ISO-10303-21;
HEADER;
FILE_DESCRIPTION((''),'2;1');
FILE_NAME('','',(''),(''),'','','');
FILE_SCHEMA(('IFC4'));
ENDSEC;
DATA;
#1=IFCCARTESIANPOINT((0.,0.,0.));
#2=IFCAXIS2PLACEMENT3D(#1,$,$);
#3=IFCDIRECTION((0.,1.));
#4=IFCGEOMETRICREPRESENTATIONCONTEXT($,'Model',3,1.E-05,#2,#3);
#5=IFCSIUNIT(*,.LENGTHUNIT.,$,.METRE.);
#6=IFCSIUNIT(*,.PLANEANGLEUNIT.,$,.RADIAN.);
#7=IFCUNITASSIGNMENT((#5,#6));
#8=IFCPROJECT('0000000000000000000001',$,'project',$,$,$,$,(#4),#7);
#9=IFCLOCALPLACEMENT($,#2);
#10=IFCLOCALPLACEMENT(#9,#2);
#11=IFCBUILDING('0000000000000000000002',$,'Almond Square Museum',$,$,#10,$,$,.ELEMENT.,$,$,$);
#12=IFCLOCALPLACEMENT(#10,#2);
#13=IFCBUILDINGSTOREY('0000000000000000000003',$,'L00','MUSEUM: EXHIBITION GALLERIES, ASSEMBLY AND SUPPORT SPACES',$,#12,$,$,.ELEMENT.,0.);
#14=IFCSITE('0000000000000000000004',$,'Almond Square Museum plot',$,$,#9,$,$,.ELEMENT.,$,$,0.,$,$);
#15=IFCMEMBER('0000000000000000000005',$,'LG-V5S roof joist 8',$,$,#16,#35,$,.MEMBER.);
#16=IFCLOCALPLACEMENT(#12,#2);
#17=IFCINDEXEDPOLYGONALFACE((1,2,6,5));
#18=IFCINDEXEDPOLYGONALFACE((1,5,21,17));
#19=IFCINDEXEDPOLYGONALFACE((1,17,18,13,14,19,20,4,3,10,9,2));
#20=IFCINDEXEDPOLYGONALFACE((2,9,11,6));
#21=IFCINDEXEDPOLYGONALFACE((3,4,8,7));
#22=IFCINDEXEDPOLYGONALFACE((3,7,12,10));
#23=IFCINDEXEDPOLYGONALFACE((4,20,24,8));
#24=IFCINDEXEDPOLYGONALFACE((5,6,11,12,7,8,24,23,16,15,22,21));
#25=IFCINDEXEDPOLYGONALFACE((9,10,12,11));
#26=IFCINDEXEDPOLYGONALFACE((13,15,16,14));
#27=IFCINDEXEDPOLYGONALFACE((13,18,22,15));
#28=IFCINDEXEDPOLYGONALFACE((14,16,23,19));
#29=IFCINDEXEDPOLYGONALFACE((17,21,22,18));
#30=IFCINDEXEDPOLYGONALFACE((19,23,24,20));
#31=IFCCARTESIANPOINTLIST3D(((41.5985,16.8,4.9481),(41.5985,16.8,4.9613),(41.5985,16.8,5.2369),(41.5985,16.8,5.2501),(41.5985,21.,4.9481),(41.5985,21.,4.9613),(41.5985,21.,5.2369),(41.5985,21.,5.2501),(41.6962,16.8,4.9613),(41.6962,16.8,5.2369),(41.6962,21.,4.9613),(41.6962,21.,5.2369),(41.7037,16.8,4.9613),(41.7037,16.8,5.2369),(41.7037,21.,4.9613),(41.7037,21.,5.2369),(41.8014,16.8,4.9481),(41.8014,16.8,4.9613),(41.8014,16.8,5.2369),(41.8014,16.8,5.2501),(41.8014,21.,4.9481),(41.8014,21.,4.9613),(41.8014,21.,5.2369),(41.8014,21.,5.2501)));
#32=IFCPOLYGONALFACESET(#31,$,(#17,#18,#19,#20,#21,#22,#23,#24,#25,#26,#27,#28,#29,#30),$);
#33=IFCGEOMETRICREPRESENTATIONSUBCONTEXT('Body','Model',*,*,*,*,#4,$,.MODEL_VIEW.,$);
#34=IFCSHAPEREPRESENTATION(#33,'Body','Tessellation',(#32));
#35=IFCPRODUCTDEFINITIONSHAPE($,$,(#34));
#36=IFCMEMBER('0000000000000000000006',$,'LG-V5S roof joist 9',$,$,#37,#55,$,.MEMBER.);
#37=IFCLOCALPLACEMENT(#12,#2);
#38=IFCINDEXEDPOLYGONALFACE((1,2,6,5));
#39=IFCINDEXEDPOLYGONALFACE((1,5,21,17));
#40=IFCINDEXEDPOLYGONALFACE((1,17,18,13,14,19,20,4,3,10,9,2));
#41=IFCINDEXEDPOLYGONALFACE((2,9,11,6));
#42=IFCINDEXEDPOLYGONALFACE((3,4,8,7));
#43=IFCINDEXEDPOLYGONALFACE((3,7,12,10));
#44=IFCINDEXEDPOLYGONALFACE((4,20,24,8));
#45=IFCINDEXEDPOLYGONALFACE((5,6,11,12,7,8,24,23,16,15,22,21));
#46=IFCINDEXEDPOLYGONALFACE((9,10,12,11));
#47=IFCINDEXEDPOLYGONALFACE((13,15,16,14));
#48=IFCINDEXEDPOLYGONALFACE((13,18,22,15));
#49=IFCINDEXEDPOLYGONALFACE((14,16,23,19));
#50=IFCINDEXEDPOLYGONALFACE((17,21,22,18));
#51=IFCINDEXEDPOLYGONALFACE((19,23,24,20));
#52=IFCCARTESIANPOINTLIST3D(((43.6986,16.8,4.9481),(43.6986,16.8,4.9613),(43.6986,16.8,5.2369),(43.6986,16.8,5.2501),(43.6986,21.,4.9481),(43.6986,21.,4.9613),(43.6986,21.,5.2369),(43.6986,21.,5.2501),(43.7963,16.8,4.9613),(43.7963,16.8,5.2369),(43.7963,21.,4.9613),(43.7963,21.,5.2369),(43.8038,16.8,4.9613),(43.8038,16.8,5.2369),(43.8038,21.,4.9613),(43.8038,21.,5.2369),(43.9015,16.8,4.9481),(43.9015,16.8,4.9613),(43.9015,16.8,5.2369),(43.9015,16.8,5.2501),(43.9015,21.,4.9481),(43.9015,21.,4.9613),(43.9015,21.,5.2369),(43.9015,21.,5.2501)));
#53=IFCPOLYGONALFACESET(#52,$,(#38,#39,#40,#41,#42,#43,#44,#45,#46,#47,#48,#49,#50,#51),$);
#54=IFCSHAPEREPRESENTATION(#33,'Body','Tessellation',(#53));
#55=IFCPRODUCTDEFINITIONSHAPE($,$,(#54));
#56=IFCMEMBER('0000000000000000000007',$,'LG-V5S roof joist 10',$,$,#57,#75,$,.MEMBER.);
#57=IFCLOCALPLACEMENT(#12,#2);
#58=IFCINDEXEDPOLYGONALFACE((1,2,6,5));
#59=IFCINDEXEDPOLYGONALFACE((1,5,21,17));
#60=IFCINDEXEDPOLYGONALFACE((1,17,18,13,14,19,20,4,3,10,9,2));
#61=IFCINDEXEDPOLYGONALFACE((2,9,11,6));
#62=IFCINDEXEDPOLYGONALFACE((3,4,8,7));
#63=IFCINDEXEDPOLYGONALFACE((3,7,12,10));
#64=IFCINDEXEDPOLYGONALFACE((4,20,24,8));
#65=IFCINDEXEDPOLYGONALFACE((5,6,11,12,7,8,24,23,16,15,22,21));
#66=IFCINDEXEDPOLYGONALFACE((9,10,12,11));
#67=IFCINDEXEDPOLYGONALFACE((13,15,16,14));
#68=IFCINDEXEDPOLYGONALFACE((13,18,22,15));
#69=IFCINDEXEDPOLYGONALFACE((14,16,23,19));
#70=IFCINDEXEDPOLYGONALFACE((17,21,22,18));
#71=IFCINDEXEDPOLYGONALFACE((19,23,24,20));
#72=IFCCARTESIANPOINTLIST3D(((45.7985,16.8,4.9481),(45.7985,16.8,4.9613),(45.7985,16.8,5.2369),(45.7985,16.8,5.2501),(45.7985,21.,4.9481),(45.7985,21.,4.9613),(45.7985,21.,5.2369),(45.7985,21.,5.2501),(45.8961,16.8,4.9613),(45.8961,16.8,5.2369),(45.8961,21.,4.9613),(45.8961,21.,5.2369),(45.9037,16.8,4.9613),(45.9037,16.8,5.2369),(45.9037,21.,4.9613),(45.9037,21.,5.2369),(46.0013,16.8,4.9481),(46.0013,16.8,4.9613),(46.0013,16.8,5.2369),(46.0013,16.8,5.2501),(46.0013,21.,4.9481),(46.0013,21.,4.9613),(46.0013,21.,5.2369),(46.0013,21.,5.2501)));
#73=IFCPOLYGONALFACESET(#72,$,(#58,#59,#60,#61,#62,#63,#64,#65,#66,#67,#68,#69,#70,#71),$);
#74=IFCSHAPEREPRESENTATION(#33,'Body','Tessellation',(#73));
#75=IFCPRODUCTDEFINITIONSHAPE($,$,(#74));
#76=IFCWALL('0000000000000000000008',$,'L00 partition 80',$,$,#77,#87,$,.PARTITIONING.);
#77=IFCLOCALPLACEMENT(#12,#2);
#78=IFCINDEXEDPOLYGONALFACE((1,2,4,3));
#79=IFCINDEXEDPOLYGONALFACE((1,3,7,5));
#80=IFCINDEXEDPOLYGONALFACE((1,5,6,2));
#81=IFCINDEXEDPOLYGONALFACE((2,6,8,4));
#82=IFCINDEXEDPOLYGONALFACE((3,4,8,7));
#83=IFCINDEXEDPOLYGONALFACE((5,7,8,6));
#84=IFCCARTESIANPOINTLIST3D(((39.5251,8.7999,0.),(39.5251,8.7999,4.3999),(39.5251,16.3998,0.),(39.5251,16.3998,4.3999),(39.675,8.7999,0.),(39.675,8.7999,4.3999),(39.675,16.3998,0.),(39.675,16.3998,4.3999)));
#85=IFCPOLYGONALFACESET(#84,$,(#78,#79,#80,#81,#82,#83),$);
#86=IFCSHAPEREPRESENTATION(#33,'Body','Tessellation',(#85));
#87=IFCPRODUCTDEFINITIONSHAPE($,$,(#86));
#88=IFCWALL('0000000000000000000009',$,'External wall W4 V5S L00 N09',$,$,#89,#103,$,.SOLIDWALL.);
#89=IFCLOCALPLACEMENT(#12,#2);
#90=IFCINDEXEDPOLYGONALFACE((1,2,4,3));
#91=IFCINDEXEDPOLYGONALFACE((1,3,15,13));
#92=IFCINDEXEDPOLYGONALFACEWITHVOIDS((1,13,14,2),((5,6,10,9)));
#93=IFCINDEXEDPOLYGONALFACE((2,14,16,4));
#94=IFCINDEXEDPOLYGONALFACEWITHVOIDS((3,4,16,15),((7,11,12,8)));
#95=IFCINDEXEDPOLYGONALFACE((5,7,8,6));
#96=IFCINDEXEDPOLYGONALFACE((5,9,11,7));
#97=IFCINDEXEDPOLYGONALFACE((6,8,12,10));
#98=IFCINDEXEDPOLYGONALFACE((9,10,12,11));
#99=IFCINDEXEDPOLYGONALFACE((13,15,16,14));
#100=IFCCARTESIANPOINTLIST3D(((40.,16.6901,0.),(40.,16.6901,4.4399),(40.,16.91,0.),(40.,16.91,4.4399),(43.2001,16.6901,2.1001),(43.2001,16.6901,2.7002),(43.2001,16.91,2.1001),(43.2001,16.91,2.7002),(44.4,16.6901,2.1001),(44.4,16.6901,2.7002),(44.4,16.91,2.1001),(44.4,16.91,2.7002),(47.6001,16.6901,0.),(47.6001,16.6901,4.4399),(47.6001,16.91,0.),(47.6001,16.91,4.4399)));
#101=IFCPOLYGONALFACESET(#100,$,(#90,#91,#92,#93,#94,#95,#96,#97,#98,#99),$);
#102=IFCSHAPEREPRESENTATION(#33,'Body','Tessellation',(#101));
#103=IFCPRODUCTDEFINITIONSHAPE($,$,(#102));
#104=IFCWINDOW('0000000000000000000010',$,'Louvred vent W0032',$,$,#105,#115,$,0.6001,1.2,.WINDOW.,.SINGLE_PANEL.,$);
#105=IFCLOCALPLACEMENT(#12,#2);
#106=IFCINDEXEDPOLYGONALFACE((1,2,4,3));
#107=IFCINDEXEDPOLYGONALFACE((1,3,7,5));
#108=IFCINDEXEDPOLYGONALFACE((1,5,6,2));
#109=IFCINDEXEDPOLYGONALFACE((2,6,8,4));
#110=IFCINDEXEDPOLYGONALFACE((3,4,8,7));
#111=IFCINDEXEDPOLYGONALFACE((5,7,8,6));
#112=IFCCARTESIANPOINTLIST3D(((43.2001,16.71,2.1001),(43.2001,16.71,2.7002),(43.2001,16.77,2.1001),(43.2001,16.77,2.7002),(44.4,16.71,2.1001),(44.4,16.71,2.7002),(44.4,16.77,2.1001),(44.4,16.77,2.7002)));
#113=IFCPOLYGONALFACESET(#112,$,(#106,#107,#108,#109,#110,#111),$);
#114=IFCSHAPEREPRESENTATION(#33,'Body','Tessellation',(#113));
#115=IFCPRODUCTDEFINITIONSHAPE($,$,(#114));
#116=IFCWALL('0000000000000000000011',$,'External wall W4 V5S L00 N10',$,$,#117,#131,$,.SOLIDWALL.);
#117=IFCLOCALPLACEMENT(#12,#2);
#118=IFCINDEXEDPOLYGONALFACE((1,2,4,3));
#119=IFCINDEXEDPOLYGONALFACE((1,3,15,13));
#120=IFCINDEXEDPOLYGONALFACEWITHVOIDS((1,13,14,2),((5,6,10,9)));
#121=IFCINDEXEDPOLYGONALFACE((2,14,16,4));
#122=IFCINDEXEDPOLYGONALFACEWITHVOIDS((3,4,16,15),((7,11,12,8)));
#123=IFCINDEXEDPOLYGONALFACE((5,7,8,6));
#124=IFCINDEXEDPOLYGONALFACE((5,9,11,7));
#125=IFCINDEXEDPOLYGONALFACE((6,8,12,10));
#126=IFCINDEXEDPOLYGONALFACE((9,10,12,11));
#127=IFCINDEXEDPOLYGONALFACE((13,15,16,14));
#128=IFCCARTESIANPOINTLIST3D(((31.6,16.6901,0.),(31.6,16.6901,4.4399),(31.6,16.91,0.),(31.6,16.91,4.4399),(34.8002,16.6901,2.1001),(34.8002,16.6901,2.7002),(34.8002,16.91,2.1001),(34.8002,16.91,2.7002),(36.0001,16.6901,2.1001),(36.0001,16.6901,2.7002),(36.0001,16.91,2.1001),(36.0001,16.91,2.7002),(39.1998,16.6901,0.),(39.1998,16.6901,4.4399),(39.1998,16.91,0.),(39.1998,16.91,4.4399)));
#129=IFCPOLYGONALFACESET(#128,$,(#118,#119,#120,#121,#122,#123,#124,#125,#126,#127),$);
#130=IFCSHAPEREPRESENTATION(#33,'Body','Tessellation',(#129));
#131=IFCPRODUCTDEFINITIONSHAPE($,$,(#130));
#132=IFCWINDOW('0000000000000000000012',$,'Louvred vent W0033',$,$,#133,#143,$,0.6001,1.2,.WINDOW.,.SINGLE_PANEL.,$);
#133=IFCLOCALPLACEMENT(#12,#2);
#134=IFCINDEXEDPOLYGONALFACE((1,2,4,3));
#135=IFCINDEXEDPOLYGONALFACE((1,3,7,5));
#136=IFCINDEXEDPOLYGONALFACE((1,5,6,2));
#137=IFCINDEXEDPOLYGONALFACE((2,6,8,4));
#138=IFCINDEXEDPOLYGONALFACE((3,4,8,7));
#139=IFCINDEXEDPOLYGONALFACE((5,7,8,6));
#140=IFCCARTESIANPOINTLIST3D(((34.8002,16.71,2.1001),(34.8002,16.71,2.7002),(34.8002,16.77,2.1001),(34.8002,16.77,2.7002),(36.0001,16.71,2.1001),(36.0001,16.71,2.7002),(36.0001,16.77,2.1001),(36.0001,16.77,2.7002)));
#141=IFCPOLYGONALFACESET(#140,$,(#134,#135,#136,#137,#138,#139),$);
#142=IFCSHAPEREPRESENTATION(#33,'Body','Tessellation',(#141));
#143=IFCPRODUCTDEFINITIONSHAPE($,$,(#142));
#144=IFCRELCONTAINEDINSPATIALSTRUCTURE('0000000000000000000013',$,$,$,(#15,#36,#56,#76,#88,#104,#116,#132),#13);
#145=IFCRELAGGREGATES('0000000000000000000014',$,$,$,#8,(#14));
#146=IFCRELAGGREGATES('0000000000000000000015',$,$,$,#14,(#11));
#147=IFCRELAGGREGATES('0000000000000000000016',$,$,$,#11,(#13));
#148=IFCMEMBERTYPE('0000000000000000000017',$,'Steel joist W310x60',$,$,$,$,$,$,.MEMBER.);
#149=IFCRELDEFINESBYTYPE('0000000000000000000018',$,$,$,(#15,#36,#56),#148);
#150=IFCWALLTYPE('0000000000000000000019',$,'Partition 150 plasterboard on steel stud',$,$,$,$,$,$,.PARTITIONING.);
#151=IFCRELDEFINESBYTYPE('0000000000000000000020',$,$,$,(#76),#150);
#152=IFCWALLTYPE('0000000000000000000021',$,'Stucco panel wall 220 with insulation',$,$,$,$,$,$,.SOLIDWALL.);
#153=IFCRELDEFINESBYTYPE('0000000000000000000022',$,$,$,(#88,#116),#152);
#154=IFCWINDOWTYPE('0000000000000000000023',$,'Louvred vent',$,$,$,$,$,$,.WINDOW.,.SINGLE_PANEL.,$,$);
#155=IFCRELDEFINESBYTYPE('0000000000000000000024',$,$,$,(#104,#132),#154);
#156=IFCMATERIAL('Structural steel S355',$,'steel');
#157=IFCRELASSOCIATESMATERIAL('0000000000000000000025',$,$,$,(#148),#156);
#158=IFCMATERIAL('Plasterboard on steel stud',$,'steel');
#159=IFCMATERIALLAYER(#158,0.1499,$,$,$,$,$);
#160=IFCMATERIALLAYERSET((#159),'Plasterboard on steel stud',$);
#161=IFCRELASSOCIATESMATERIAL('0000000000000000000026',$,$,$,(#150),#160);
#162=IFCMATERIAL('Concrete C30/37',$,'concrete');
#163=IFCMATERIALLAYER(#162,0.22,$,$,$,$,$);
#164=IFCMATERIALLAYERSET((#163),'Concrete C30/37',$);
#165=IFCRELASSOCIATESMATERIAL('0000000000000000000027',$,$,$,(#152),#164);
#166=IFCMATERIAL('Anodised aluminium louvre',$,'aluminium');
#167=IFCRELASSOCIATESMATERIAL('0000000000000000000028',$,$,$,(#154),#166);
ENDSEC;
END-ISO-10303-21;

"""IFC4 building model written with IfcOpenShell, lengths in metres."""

from ifc_helpers import new_model, si_unit, direction, frame, frame_2d, origin, origin_2d, place, context, subcontext, project, spatial, rectangle, i_section, extrude, material, layer, layer_set, material_profile, profile_set, type_object, element, fill, save


model = new_model("IFC4")

# Units and contexts
model_context = context("Model", 3, precision=1e-05, world=origin(), true_north=direction((0.0, 1.0)))
body_context = subcontext(model_context, "Body", "Model", "MODEL_VIEW")
ifc_project = project(units=[si_unit("LENGTHUNIT", "METRE"), si_unit("PLANEANGLEUNIT", "RADIAN")], contexts=[model_context])

# Site, building, storey
site_placement = place(None, origin())
site = spatial("IfcSite", under=ifc_project, at=site_placement, Name="Almond Square Museum plot", CompositionType="ELEMENT", RefElevation=0.0)
building_placement = place(site_placement, origin())
building = spatial("IfcBuilding", under=site, at=building_placement, Name="Almond Square Museum", CompositionType="ELEMENT")
storey_placement = place(building_placement, origin())
storey = spatial("IfcBuildingStorey", under=building, at=storey_placement, Name="L00", Description="MUSEUM: EXHIBITION GALLERIES, ASSEMBLY AND SUPPORT SPACES", CompositionType="ELEMENT", Elevation=0.0)

# Members
ifc_material_1 = material(Name="Structural steel S355", Category="steel")
ifc_material_profile_1 = material_profile(ifc_material_1, i_section(OverallWidth=0.2029, OverallDepth=0.302, WebThickness=0.0076, FlangeThickness=0.0132, at=origin_2d()))
ifc_profile_set_1 = profile_set([ifc_material_profile_1], Name="Structural steel S355")
member_type = type_object("IfcMemberType", Name="Steel joist W310x60", PredefinedType="MEMBER", material=ifc_profile_set_1)
for number, where, z_axis, x_axis, name in (
    (1, (41.7, 16.8, 5.0991), (0.0, 1.0, 0.0), (-1.0, 0.0, 0.0), "LG-V5S roof joist 8"),
    (2, (43.8, 16.8, 5.0991), (0.0, 1.0, 0.0), (-1.0, 0.0, 0.0), "LG-V5S roof joist 9"),
    (3, (45.8999, 16.8, 5.0991), (0.0, 1.0, 0.0), (-1.0, 0.0, 0.0), "LG-V5S roof joist 10"),
):
    element("IfcMember", number, at=place(storey_placement, frame(where, z_axis=z_axis, x_axis=x_axis)), inside=storey, type_object=member_type, Name=name, PredefinedType="MEMBER", context=body_context, shape_type="SweptSolid", body=[
        extrude(i_section(OverallWidth=0.2029, OverallDepth=0.302, WebThickness=0.0076, FlangeThickness=0.0132, at=origin_2d()), origin(), (0.0, 0.0, 1.0), 4.2),
    ])

# Wall
ifc_material_2 = material(Name="Plasterboard on steel stud", Category="steel")
ifc_layer_1 = layer(ifc_material_2, 0.1499)
ifc_layer_set_1 = layer_set([ifc_layer_1], Name="Plasterboard on steel stud")
wall_type_1 = type_object("IfcWallType", Name="Partition 150 plasterboard on steel stud", PredefinedType="PARTITIONING", material=ifc_layer_set_1)
wall_1_placement = place(storey_placement, frame((39.6001, 8.8, 0.0), z_axis=(0.0, 0.0, 1.0), x_axis=(0.0, 1.0, 0.0)))
element("IfcWall", 4, at=wall_1_placement, inside=storey, type_object=wall_type_1, Name="L00 partition 80", PredefinedType="PARTITIONING", context=body_context, shape_type="SweptSolid", body=[
    extrude(rectangle(XDim=7.5999, YDim=0.1499, at=frame_2d((3.7998, 0.0))), origin(), (0.0, 0.0, 1.0), 4.3999),
])

# Walls, openings, windows
ifc_material_3 = material(Name="Concrete C30/37", Category="concrete")
ifc_layer_2 = layer(ifc_material_3, 0.22)
ifc_layer_set_2 = layer_set([ifc_layer_2], Name="Concrete C30/37")
wall_type_2 = type_object("IfcWallType", Name="Stucco panel wall 220 with insulation", PredefinedType="SOLIDWALL", material=ifc_layer_set_2)
wall_2_placement = place(storey_placement, frame((40.0, 16.8, 0.0), z_axis=(0.0, 0.0, 1.0), x_axis=(1.0, 0.0, 0.0)))
wall_2 = element("IfcWall", 5, at=wall_2_placement, inside=storey, type_object=wall_type_2, Name="External wall W4 V5S L00 N09", PredefinedType="SOLIDWALL", context=body_context, shape_type="SweptSolid", body=[
    extrude(rectangle(XDim=7.6001, YDim=0.22, at=frame_2d((3.8, 0.0))), origin(), (0.0, 0.0, 1.0), 4.4399),
])
opening_1_placement = place(wall_2_placement, frame((3.2, 0.0, 2.1001)))
opening_1 = element("IfcOpeningElement", 6, at=opening_1_placement, cuts=wall_2, PredefinedType="OPENING", context=body_context, shape_type="SweptSolid", body=[
    extrude(rectangle(XDim=1.2, YDim=0.6001, at=frame_2d((0.6001, 0.3))), frame((0.0, 0.1199, 0.0), z_axis=(0.0, -1.0, 0.0), x_axis=(1.0, 0.0, 0.0)), (0.0, 0.0, 1.0), 0.24),
])
ifc_material_4 = material(Name="Anodised aluminium louvre", Category="aluminium")
window_type = type_object("IfcWindowType", Name="Louvred vent", PartitioningType="SINGLE_PANEL", PredefinedType="WINDOW", material=ifc_material_4)
window_1_placement = place(opening_1_placement, origin())
window_1 = element("IfcWindow", 7, at=window_1_placement, inside=storey, type_object=window_type, Name="Louvred vent W0032", OverallHeight=0.6001, OverallWidth=1.2, PartitioningType="SINGLE_PANEL", PredefinedType="WINDOW", context=body_context, shape_type="SweptSolid", body=[
    extrude(rectangle(XDim=1.2, YDim=0.6001, at=frame_2d((0.6001, 0.3))), frame((0.0, -0.03, 0.0), z_axis=(0.0, -1.0, 0.0), x_axis=(1.0, 0.0, 0.0)), (0.0, 0.0, 1.0), 0.0601),
])
fill(opening_1, window_1)
wall_3_placement = place(storey_placement, frame((31.6001, 16.8, 0.0), z_axis=(0.0, 0.0, 1.0), x_axis=(1.0, 0.0, 0.0)))
wall_3 = element("IfcWall", 8, at=wall_3_placement, inside=storey, type_object=wall_type_2, Name="External wall W4 V5S L00 N10", PredefinedType="SOLIDWALL", context=body_context, shape_type="SweptSolid", body=[
    extrude(rectangle(XDim=7.5999, YDim=0.22, at=frame_2d((3.7998, 0.0))), origin(), (0.0, 0.0, 1.0), 4.4399),
])
opening_2_placement = place(wall_3_placement, frame((3.2, 0.0, 2.1001)))
opening_2 = element("IfcOpeningElement", 9, at=opening_2_placement, cuts=wall_3, PredefinedType="OPENING", context=body_context, shape_type="SweptSolid", body=[
    extrude(rectangle(XDim=1.2, YDim=0.6001, at=frame_2d((0.6001, 0.3))), frame((0.0, 0.1199, 0.0), z_axis=(0.0, -1.0, 0.0), x_axis=(1.0, 0.0, 0.0)), (0.0, 0.0, 1.0), 0.24),
])
window_2_placement = place(opening_2_placement, origin())
window_2 = element("IfcWindow", 10, at=window_2_placement, inside=storey, type_object=window_type, Name="Louvred vent W0033", OverallHeight=0.6001, OverallWidth=1.2, PartitioningType="SINGLE_PANEL", PredefinedType="WINDOW", context=body_context, shape_type="SweptSolid", body=[
    extrude(rectangle(XDim=1.2, YDim=0.6001, at=frame_2d((0.6001, 0.3))), frame((0.0, -0.03, 0.0), z_axis=(0.0, -1.0, 0.0), x_axis=(1.0, 0.0, 0.0)), (0.0, 0.0, 1.0), 0.0601),
])
fill(opening_2, window_2)

save(model, "model.ifc")
